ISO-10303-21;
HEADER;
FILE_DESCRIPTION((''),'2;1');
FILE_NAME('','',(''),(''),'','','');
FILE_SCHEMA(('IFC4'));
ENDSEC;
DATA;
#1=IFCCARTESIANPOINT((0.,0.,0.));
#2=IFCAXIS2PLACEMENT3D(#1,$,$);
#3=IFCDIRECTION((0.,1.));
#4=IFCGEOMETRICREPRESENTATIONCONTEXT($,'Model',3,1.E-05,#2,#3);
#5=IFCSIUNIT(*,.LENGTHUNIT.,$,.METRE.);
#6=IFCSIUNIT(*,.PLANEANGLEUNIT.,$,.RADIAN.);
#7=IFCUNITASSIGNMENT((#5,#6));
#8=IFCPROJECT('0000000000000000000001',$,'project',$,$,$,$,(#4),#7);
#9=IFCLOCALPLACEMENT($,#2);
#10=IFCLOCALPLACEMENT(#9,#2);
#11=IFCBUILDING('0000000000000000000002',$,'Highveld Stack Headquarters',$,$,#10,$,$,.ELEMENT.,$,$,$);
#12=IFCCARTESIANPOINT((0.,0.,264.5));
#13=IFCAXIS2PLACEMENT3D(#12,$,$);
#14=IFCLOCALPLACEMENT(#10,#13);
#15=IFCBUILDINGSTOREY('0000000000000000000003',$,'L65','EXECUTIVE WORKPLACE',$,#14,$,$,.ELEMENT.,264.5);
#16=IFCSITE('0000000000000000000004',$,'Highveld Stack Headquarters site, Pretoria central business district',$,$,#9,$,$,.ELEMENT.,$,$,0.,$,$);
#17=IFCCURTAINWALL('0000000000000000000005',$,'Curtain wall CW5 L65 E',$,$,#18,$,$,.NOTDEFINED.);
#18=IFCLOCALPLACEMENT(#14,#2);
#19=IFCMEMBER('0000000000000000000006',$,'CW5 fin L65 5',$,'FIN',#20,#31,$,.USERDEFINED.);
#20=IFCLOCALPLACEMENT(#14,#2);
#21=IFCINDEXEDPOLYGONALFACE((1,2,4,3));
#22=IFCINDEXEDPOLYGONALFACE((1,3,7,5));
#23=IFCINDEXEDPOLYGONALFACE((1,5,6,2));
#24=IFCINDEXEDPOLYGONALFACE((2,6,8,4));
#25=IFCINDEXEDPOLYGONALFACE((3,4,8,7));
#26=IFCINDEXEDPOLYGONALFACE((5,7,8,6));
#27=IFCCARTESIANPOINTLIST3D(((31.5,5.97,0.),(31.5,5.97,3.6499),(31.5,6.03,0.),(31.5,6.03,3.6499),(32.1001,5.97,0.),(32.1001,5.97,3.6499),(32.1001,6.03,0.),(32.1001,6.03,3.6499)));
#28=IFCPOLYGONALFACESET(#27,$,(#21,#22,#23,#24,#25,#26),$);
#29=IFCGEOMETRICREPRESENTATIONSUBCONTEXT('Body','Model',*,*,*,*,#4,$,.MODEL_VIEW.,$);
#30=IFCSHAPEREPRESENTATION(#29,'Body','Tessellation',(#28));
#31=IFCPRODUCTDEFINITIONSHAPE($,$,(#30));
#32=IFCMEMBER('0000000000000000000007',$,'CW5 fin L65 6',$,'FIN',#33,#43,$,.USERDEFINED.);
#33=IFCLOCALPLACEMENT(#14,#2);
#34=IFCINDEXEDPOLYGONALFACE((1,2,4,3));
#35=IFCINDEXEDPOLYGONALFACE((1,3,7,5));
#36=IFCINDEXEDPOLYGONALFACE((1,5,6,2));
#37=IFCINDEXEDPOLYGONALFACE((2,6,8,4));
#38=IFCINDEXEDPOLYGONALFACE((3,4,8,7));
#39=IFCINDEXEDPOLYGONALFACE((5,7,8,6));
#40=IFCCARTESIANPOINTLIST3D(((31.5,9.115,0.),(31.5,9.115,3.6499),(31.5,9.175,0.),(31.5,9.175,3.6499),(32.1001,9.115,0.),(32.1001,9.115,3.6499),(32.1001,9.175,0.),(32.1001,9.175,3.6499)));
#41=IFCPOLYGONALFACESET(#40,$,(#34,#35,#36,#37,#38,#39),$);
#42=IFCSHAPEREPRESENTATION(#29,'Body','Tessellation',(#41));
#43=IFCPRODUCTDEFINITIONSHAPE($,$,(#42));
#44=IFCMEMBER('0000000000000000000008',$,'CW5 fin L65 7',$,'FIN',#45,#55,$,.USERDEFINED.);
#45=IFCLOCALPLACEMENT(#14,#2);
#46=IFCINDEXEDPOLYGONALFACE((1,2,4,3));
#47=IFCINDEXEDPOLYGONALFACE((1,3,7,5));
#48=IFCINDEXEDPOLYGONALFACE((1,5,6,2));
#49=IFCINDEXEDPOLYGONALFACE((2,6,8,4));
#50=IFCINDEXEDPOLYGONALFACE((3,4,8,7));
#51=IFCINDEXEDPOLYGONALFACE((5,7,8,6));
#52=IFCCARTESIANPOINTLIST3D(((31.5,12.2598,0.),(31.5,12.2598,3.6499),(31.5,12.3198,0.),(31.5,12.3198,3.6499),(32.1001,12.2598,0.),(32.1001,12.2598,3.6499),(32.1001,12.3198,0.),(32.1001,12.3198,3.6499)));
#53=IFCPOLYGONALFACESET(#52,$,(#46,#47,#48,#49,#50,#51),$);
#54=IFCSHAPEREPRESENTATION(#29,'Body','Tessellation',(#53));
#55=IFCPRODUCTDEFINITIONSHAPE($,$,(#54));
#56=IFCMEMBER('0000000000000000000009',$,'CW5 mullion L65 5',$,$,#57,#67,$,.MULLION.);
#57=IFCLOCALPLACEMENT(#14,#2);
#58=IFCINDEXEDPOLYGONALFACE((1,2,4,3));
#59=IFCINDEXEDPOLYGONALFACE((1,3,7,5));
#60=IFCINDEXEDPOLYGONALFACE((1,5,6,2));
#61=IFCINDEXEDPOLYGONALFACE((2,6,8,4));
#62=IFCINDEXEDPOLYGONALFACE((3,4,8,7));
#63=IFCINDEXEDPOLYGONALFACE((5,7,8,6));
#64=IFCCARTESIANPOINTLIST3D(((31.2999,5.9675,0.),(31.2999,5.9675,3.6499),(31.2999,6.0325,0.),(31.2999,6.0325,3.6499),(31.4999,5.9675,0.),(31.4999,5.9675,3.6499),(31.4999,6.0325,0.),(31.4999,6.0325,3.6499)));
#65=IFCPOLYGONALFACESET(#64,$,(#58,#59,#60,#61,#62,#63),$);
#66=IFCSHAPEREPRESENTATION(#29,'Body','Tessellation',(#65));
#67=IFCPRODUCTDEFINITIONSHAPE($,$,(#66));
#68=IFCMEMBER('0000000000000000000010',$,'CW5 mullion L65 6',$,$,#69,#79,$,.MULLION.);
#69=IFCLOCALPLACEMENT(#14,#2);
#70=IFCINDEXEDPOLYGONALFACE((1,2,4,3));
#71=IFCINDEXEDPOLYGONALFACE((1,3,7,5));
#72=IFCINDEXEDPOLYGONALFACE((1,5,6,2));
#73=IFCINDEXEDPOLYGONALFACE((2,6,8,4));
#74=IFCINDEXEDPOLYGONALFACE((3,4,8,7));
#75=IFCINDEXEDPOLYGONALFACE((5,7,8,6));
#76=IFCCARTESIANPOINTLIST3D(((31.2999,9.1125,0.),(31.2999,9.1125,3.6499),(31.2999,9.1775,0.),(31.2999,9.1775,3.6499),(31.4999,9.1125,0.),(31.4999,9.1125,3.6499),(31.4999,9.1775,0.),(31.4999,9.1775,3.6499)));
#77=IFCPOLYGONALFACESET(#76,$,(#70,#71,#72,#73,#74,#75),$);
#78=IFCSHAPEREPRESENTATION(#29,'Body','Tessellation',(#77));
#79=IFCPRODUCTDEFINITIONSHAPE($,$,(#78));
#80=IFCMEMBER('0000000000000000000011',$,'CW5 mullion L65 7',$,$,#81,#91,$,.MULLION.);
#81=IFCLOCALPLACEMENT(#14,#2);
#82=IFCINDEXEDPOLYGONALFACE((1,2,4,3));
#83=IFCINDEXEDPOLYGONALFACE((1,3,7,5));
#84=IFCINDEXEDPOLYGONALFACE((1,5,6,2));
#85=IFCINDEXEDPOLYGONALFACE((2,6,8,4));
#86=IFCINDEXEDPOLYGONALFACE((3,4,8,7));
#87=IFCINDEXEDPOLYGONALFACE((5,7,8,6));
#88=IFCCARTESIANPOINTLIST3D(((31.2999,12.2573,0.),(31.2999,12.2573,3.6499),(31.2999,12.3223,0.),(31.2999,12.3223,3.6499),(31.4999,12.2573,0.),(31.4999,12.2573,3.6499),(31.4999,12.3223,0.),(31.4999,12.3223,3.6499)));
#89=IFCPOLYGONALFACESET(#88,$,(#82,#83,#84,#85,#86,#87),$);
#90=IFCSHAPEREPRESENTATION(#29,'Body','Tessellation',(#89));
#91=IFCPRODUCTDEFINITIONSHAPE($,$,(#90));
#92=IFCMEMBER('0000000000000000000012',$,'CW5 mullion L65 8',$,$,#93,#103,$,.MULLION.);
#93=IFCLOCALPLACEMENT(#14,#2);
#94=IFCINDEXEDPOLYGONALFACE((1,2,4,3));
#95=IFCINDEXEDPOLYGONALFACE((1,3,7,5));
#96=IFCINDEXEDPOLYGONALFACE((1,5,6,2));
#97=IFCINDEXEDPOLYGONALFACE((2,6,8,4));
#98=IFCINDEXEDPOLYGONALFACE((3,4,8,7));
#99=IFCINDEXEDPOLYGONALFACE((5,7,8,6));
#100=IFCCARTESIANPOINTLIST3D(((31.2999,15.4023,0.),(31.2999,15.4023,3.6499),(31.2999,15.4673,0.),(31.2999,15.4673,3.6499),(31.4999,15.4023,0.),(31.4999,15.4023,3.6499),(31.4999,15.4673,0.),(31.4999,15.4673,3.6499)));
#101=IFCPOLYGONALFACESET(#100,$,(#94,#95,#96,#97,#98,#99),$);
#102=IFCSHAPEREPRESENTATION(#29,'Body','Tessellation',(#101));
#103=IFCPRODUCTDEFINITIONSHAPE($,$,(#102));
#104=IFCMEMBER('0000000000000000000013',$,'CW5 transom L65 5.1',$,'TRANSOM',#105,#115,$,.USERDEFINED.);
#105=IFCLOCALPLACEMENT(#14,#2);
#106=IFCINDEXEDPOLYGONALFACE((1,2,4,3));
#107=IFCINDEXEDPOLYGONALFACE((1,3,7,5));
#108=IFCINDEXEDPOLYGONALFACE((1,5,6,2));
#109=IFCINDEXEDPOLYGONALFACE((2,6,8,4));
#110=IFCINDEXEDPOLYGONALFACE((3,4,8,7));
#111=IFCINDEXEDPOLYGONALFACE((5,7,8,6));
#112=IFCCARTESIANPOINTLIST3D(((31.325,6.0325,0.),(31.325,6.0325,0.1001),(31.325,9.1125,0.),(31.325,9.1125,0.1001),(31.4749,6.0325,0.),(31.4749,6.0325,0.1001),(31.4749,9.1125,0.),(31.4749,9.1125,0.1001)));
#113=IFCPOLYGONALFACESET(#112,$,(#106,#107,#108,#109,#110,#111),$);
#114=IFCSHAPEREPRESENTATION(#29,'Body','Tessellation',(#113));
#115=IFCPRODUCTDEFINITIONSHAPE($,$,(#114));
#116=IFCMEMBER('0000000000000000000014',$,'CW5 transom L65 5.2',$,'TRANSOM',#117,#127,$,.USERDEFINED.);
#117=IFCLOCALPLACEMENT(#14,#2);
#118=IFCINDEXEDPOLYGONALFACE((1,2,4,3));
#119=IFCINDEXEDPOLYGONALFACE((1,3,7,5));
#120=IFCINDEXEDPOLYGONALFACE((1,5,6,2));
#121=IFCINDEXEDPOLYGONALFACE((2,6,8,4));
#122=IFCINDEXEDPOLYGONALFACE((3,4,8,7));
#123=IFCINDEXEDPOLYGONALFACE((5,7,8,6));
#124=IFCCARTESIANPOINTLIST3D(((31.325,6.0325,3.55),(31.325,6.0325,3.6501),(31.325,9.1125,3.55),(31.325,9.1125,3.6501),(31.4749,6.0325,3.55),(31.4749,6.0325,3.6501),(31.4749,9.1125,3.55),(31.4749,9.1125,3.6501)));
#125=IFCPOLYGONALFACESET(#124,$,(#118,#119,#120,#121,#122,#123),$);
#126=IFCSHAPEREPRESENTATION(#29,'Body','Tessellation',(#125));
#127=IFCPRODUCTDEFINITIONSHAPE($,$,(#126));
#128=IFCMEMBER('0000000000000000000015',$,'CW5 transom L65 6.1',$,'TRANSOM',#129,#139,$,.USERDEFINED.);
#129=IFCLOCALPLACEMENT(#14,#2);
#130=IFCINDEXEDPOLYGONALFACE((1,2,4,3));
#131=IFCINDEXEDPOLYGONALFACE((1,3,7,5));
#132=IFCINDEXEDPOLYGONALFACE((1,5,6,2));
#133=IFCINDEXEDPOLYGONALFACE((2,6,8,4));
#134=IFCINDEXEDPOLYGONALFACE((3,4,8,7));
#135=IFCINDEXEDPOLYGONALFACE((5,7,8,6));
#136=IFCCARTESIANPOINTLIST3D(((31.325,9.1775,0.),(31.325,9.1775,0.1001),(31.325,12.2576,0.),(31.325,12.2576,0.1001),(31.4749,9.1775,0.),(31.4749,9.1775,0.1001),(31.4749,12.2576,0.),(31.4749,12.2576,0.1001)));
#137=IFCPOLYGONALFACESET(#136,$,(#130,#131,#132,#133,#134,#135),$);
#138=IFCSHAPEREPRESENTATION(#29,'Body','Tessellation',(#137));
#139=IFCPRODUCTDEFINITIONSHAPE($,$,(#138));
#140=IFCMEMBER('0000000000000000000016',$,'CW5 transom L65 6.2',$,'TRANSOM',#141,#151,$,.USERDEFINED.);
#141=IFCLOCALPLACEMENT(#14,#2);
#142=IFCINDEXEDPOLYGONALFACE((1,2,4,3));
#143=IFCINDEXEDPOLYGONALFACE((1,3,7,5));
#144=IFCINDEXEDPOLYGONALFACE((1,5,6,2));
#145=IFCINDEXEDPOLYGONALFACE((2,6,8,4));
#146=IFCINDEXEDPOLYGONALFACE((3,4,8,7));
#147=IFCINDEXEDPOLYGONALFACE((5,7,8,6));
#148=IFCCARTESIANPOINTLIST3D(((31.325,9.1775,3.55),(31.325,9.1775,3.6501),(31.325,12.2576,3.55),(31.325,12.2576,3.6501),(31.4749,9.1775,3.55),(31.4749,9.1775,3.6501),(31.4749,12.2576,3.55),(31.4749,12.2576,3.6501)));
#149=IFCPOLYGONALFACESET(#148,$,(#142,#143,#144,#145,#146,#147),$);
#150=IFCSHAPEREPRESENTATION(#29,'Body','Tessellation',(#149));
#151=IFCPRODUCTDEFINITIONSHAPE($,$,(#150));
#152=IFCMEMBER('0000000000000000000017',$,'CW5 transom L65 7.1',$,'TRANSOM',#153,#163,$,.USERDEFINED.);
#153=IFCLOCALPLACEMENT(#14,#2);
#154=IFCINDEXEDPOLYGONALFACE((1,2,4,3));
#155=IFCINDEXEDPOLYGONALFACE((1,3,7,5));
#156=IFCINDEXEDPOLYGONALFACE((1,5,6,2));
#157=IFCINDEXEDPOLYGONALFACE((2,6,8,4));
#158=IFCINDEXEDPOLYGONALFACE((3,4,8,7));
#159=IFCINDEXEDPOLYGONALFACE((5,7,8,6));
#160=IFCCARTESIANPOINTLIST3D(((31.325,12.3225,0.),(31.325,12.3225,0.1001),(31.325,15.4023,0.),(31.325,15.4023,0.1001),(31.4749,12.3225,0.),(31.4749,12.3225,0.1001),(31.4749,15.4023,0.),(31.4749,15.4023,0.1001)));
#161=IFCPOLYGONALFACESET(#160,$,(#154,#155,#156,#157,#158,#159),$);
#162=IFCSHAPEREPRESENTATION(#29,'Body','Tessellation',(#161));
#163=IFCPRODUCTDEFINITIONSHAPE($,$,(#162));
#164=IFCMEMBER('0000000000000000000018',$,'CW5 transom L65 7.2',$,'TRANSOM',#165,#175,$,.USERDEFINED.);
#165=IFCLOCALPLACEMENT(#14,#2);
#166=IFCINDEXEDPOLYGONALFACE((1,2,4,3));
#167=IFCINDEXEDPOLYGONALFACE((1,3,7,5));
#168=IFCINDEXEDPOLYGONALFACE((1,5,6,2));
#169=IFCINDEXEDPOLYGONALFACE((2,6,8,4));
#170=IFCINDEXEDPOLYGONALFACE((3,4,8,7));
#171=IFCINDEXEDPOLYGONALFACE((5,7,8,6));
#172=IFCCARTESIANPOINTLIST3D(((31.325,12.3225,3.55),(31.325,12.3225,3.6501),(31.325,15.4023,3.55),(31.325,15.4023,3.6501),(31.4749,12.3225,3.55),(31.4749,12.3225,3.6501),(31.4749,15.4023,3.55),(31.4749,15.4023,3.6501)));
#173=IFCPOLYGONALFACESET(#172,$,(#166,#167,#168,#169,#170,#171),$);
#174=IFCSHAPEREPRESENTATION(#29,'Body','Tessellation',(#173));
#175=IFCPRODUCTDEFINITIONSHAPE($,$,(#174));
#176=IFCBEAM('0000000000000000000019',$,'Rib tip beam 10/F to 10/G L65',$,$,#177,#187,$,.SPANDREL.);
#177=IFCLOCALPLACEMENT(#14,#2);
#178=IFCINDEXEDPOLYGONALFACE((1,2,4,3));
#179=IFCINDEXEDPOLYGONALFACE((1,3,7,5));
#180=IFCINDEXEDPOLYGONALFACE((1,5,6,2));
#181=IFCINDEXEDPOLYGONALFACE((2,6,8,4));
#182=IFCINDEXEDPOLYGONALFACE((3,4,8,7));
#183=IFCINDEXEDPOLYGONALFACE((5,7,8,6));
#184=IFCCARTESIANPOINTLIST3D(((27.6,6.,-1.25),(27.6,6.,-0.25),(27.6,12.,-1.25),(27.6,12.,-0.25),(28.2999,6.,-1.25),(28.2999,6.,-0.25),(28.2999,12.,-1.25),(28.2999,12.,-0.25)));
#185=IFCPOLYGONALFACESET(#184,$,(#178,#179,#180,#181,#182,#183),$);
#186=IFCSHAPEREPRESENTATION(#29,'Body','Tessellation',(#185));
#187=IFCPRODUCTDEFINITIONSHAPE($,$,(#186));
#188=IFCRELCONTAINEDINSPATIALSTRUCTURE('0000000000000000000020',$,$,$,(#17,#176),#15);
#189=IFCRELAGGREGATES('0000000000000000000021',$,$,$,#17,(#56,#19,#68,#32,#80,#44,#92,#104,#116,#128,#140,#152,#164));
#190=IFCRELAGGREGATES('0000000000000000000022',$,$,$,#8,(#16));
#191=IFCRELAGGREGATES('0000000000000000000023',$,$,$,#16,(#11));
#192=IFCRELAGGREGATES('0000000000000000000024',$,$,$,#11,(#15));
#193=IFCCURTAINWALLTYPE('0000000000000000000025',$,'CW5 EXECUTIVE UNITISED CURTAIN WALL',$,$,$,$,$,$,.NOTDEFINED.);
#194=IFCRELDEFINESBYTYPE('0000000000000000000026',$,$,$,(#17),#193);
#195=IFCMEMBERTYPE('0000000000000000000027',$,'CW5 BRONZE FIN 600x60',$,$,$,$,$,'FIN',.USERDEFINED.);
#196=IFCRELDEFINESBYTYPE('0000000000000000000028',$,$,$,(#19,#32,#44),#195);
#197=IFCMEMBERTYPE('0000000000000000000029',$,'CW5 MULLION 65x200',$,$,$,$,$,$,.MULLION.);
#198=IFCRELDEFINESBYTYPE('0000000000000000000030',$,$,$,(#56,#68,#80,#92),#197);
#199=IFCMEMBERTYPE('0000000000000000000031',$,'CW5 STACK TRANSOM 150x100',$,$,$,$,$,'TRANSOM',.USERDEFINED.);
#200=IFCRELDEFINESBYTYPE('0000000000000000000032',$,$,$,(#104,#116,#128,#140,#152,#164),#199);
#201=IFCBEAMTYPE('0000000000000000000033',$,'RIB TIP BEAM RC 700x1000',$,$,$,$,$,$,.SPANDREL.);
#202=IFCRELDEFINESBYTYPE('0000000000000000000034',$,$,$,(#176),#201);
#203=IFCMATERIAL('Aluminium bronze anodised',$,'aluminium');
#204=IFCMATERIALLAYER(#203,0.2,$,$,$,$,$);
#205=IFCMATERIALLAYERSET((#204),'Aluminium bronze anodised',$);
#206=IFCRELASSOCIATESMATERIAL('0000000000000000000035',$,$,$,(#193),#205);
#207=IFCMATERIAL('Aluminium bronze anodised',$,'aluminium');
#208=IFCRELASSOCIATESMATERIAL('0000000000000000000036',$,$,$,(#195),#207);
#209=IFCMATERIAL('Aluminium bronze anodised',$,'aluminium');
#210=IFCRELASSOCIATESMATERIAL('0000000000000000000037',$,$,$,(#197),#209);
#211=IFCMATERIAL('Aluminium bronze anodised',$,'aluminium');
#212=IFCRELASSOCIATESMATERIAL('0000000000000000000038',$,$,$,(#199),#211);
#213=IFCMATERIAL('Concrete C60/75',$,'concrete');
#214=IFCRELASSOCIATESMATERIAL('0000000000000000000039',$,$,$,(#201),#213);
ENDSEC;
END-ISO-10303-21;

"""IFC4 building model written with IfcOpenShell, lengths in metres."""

from ifc_helpers import new_model, si_unit, direction, frame, origin, origin_2d, place, context, subcontext, project, spatial, rectangle, extrude, material, layer, layer_set, material_profile, profile_set, type_object, element, aggregate, save


model = new_model("IFC4")

# Units and contexts
model_context = context("Model", 3, precision=1e-05, world=origin(), true_north=direction((0.0, 1.0)))
body_context = subcontext(model_context, "Body", "Model", "MODEL_VIEW")
ifc_project = project(units=[si_unit("LENGTHUNIT", "METRE"), si_unit("PLANEANGLEUNIT", "RADIAN")], contexts=[model_context])

# Site, building, storey
site_placement = place(None, origin())
site = spatial("IfcSite", under=ifc_project, at=site_placement, Name="Highveld Stack Headquarters site, Pretoria central business district", CompositionType="ELEMENT", RefElevation=0.0)
building_placement = place(site_placement, origin())
building = spatial("IfcBuilding", under=site, at=building_placement, Name="Highveld Stack Headquarters", CompositionType="ELEMENT")
storey_placement = place(building_placement, frame((0.0, 0.0, 264.5)))
storey = spatial("IfcBuildingStorey", under=building, at=storey_placement, Name="L65", Description="EXECUTIVE WORKPLACE", CompositionType="ELEMENT", Elevation=264.5)

# Curtain wall, members
ifc_material_1 = material(Name="Aluminium bronze anodised", Category="aluminium")
ifc_layer_1 = layer(ifc_material_1, 0.2)
ifc_layer_set_1 = layer_set([ifc_layer_1], Name="Aluminium bronze anodised")
curtain_wall_type = type_object("IfcCurtainWallType", Name="CW5 EXECUTIVE UNITISED CURTAIN WALL", PredefinedType="NOTDEFINED", material=ifc_layer_set_1)
curtain_wall_placement = place(storey_placement, origin())
curtain_wall = element("IfcCurtainWall", 1, at=curtain_wall_placement, inside=storey, type_object=curtain_wall_type, Name="Curtain wall CW5 L65 E", PredefinedType="NOTDEFINED")
ifc_material_2 = material(Name="Aluminium bronze anodised", Category="aluminium")
ifc_material_profile_1 = material_profile(ifc_material_2, rectangle(XDim=0.6001, YDim=0.0601, at=origin_2d()), Name="FIN 600x60")
ifc_profile_set_1 = profile_set([ifc_material_profile_1], Name="Aluminium bronze anodised")
member_type_1 = type_object("IfcMemberType", Name="CW5 BRONZE FIN 600x60", ElementType="FIN", PredefinedType="USERDEFINED", material=ifc_profile_set_1)
member_1_placement = place(storey_placement, frame((31.8, 6.0, 0.0), z_axis=(0.0, 0.0, 1.0), x_axis=(-1.0, 0.0, 0.0)))
member_1 = element("IfcMember", 2, at=member_1_placement, type_object=member_type_1, Name="CW5 fin L65 5", ObjectType="FIN", PredefinedType="USERDEFINED", context=body_context, shape_type="SweptSolid", body=[
    extrude(rectangle(XDim=0.6001, YDim=0.0601, at=origin_2d()), origin(), (0.0, 0.0, 1.0), 3.6499),
])
member_2_placement = place(storey_placement, frame((31.8, 9.145, 0.0), z_axis=(0.0, 0.0, 1.0), x_axis=(-1.0, 0.0, 0.0)))
member_2 = element("IfcMember", 3, at=member_2_placement, type_object=member_type_1, Name="CW5 fin L65 6", ObjectType="FIN", PredefinedType="USERDEFINED", context=body_context, shape_type="SweptSolid", body=[
    extrude(rectangle(XDim=0.6001, YDim=0.0601, at=origin_2d()), origin(), (0.0, 0.0, 1.0), 3.6499),
])
member_3_placement = place(storey_placement, frame((31.8, 12.2898, 0.0), z_axis=(0.0, 0.0, 1.0), x_axis=(-1.0, 0.0, 0.0)))
member_3 = element("IfcMember", 4, at=member_3_placement, type_object=member_type_1, Name="CW5 fin L65 7", ObjectType="FIN", PredefinedType="USERDEFINED", context=body_context, shape_type="SweptSolid", body=[
    extrude(rectangle(XDim=0.6001, YDim=0.0601, at=origin_2d()), origin(), (0.0, 0.0, 1.0), 3.6499),
])
ifc_material_3 = material(Name="Aluminium bronze anodised", Category="aluminium")
ifc_material_profile_2 = material_profile(ifc_material_3, rectangle(XDim=0.2, YDim=0.0649, at=origin_2d()), Name="CW5 MULLION 65x200")
ifc_profile_set_2 = profile_set([ifc_material_profile_2], Name="Aluminium bronze anodised")
member_type_2 = type_object("IfcMemberType", Name="CW5 MULLION 65x200", PredefinedType="MULLION", material=ifc_profile_set_2)
member_4_placement = place(storey_placement, frame((31.3999, 6.0, 0.0), z_axis=(0.0, 0.0, 1.0), x_axis=(-1.0, 0.0, 0.0)))
member_4 = element("IfcMember", 5, at=member_4_placement, type_object=member_type_2, Name="CW5 mullion L65 5", PredefinedType="MULLION", context=body_context, shape_type="SweptSolid", body=[
    extrude(rectangle(XDim=0.2, YDim=0.0649, at=origin_2d()), origin(), (0.0, 0.0, 1.0), 3.6499),
])
member_5_placement = place(storey_placement, frame((31.3999, 9.145, 0.0), z_axis=(0.0, 0.0, 1.0), x_axis=(-1.0, 0.0, 0.0)))
member_5 = element("IfcMember", 6, at=member_5_placement, type_object=member_type_2, Name="CW5 mullion L65 6", PredefinedType="MULLION", context=body_context, shape_type="SweptSolid", body=[
    extrude(rectangle(XDim=0.2, YDim=0.0649, at=origin_2d()), origin(), (0.0, 0.0, 1.0), 3.6499),
])
member_6_placement = place(storey_placement, frame((31.3999, 12.2898, 0.0), z_axis=(0.0, 0.0, 1.0), x_axis=(-1.0, 0.0, 0.0)))
member_6 = element("IfcMember", 7, at=member_6_placement, type_object=member_type_2, Name="CW5 mullion L65 7", PredefinedType="MULLION", context=body_context, shape_type="SweptSolid", body=[
    extrude(rectangle(XDim=0.2, YDim=0.0649, at=origin_2d()), origin(), (0.0, 0.0, 1.0), 3.6499),
])
member_7_placement = place(storey_placement, frame((31.3999, 15.4348, 0.0), z_axis=(0.0, 0.0, 1.0), x_axis=(-1.0, 0.0, 0.0)))
member_7 = element("IfcMember", 8, at=member_7_placement, type_object=member_type_2, Name="CW5 mullion L65 8", PredefinedType="MULLION", context=body_context, shape_type="SweptSolid", body=[
    extrude(rectangle(XDim=0.2, YDim=0.0649, at=origin_2d()), origin(), (0.0, 0.0, 1.0), 3.6499),
])
ifc_material_4 = material(Name="Aluminium bronze anodised", Category="aluminium")
ifc_material_profile_3 = material_profile(ifc_material_4, rectangle(XDim=0.1499, YDim=0.1001, at=origin_2d()), Name="CW5 TRANSOM 150x100")
ifc_profile_set_3 = profile_set([ifc_material_profile_3], Name="Aluminium bronze anodised")
member_type_3 = type_object("IfcMemberType", Name="CW5 STACK TRANSOM 150x100", ElementType="TRANSOM", PredefinedType="USERDEFINED", material=ifc_profile_set_3)
member_8_placement = place(storey_placement, frame((31.3999, 6.0325, 0.05), z_axis=(0.0, 1.0, 0.0), x_axis=(-1.0, 0.0, 0.0)))
member_8 = element("IfcMember", 9, at=member_8_placement, type_object=member_type_3, Name="CW5 transom L65 5.1", ObjectType="TRANSOM", PredefinedType="USERDEFINED", context=body_context, shape_type="SweptSolid", body=[
    extrude(rectangle(XDim=0.1499, YDim=0.1001, at=origin_2d()), origin(), (0.0, 0.0, 1.0), 3.0801),
])
member_9_placement = place(storey_placement, frame((31.3999, 6.0325, 3.6001), z_axis=(0.0, 1.0, 0.0), x_axis=(-1.0, 0.0, 0.0)))
member_9 = element("IfcMember", 10, at=member_9_placement, type_object=member_type_3, Name="CW5 transom L65 5.2", ObjectType="TRANSOM", PredefinedType="USERDEFINED", context=body_context, shape_type="SweptSolid", body=[
    extrude(rectangle(XDim=0.1499, YDim=0.1001, at=origin_2d()), origin(), (0.0, 0.0, 1.0), 3.0801),
])
member_10_placement = place(storey_placement, frame((31.3999, 9.1775, 0.05), z_axis=(0.0, 1.0, 0.0), x_axis=(-1.0, 0.0, 0.0)))
member_10 = element("IfcMember", 11, at=member_10_placement, type_object=member_type_3, Name="CW5 transom L65 6.1", ObjectType="TRANSOM", PredefinedType="USERDEFINED", context=body_context, shape_type="SweptSolid", body=[
    extrude(rectangle(XDim=0.1499, YDim=0.1001, at=origin_2d()), origin(), (0.0, 0.0, 1.0), 3.0801),
])
member_11_placement = place(storey_placement, frame((31.3999, 9.1775, 3.6001), z_axis=(0.0, 1.0, 0.0), x_axis=(-1.0, 0.0, 0.0)))
member_11 = element("IfcMember", 12, at=member_11_placement, type_object=member_type_3, Name="CW5 transom L65 6.2", ObjectType="TRANSOM", PredefinedType="USERDEFINED", context=body_context, shape_type="SweptSolid", body=[
    extrude(rectangle(XDim=0.1499, YDim=0.1001, at=origin_2d()), origin(), (0.0, 0.0, 1.0), 3.0801),
])
member_12_placement = place(storey_placement, frame((31.3999, 12.3225, 0.05), z_axis=(0.0, 1.0, 0.0), x_axis=(-1.0, 0.0, 0.0)))
member_12 = element("IfcMember", 13, at=member_12_placement, type_object=member_type_3, Name="CW5 transom L65 7.1", ObjectType="TRANSOM", PredefinedType="USERDEFINED", context=body_context, shape_type="SweptSolid", body=[
    extrude(rectangle(XDim=0.1499, YDim=0.1001, at=origin_2d()), origin(), (0.0, 0.0, 1.0), 3.0798),
])
member_13_placement = place(storey_placement, frame((31.3999, 12.3225, 3.6001), z_axis=(0.0, 1.0, 0.0), x_axis=(-1.0, 0.0, 0.0)))
member_13 = element("IfcMember", 14, at=member_13_placement, type_object=member_type_3, Name="CW5 transom L65 7.2", ObjectType="TRANSOM", PredefinedType="USERDEFINED", context=body_context, shape_type="SweptSolid", body=[
    extrude(rectangle(XDim=0.1499, YDim=0.1001, at=origin_2d()), origin(), (0.0, 0.0, 1.0), 3.0798),
])

# Beam
ifc_material_5 = material(Name="Concrete C60/75", Category="concrete")
ifc_material_profile_4 = material_profile(ifc_material_5, rectangle(XDim=0.7, YDim=1.0, at=origin_2d()), Name="RC 700x1000")
ifc_profile_set_4 = profile_set([ifc_material_profile_4], Name="Concrete C60/75")
beam_type = type_object("IfcBeamType", Name="RIB TIP BEAM RC 700x1000", PredefinedType="SPANDREL", material=ifc_profile_set_4)
for number, where, z_axis, x_axis, name in (
    (15, (27.95, 6.0, -0.75), (0.0, 1.0, 0.0), (-1.0, 0.0, 0.0), "Rib tip beam 10/F to 10/G L65"),
):
    element("IfcBeam", number, at=place(storey_placement, frame(where, z_axis=z_axis, x_axis=x_axis)), inside=storey, type_object=beam_type, Name=name, PredefinedType="SPANDREL", context=body_context, shape_type="SweptSolid", body=[
        extrude(rectangle(XDim=0.7, YDim=1.0, at=origin_2d()), origin(), (0.0, 0.0, 1.0), 6.0),
    ])

aggregate(curtain_wall, [member_4, member_1, member_5, member_2, member_6, member_3, member_7, member_8, member_9, member_10, member_11, member_12, member_13])

save(model, "model.ifc")
